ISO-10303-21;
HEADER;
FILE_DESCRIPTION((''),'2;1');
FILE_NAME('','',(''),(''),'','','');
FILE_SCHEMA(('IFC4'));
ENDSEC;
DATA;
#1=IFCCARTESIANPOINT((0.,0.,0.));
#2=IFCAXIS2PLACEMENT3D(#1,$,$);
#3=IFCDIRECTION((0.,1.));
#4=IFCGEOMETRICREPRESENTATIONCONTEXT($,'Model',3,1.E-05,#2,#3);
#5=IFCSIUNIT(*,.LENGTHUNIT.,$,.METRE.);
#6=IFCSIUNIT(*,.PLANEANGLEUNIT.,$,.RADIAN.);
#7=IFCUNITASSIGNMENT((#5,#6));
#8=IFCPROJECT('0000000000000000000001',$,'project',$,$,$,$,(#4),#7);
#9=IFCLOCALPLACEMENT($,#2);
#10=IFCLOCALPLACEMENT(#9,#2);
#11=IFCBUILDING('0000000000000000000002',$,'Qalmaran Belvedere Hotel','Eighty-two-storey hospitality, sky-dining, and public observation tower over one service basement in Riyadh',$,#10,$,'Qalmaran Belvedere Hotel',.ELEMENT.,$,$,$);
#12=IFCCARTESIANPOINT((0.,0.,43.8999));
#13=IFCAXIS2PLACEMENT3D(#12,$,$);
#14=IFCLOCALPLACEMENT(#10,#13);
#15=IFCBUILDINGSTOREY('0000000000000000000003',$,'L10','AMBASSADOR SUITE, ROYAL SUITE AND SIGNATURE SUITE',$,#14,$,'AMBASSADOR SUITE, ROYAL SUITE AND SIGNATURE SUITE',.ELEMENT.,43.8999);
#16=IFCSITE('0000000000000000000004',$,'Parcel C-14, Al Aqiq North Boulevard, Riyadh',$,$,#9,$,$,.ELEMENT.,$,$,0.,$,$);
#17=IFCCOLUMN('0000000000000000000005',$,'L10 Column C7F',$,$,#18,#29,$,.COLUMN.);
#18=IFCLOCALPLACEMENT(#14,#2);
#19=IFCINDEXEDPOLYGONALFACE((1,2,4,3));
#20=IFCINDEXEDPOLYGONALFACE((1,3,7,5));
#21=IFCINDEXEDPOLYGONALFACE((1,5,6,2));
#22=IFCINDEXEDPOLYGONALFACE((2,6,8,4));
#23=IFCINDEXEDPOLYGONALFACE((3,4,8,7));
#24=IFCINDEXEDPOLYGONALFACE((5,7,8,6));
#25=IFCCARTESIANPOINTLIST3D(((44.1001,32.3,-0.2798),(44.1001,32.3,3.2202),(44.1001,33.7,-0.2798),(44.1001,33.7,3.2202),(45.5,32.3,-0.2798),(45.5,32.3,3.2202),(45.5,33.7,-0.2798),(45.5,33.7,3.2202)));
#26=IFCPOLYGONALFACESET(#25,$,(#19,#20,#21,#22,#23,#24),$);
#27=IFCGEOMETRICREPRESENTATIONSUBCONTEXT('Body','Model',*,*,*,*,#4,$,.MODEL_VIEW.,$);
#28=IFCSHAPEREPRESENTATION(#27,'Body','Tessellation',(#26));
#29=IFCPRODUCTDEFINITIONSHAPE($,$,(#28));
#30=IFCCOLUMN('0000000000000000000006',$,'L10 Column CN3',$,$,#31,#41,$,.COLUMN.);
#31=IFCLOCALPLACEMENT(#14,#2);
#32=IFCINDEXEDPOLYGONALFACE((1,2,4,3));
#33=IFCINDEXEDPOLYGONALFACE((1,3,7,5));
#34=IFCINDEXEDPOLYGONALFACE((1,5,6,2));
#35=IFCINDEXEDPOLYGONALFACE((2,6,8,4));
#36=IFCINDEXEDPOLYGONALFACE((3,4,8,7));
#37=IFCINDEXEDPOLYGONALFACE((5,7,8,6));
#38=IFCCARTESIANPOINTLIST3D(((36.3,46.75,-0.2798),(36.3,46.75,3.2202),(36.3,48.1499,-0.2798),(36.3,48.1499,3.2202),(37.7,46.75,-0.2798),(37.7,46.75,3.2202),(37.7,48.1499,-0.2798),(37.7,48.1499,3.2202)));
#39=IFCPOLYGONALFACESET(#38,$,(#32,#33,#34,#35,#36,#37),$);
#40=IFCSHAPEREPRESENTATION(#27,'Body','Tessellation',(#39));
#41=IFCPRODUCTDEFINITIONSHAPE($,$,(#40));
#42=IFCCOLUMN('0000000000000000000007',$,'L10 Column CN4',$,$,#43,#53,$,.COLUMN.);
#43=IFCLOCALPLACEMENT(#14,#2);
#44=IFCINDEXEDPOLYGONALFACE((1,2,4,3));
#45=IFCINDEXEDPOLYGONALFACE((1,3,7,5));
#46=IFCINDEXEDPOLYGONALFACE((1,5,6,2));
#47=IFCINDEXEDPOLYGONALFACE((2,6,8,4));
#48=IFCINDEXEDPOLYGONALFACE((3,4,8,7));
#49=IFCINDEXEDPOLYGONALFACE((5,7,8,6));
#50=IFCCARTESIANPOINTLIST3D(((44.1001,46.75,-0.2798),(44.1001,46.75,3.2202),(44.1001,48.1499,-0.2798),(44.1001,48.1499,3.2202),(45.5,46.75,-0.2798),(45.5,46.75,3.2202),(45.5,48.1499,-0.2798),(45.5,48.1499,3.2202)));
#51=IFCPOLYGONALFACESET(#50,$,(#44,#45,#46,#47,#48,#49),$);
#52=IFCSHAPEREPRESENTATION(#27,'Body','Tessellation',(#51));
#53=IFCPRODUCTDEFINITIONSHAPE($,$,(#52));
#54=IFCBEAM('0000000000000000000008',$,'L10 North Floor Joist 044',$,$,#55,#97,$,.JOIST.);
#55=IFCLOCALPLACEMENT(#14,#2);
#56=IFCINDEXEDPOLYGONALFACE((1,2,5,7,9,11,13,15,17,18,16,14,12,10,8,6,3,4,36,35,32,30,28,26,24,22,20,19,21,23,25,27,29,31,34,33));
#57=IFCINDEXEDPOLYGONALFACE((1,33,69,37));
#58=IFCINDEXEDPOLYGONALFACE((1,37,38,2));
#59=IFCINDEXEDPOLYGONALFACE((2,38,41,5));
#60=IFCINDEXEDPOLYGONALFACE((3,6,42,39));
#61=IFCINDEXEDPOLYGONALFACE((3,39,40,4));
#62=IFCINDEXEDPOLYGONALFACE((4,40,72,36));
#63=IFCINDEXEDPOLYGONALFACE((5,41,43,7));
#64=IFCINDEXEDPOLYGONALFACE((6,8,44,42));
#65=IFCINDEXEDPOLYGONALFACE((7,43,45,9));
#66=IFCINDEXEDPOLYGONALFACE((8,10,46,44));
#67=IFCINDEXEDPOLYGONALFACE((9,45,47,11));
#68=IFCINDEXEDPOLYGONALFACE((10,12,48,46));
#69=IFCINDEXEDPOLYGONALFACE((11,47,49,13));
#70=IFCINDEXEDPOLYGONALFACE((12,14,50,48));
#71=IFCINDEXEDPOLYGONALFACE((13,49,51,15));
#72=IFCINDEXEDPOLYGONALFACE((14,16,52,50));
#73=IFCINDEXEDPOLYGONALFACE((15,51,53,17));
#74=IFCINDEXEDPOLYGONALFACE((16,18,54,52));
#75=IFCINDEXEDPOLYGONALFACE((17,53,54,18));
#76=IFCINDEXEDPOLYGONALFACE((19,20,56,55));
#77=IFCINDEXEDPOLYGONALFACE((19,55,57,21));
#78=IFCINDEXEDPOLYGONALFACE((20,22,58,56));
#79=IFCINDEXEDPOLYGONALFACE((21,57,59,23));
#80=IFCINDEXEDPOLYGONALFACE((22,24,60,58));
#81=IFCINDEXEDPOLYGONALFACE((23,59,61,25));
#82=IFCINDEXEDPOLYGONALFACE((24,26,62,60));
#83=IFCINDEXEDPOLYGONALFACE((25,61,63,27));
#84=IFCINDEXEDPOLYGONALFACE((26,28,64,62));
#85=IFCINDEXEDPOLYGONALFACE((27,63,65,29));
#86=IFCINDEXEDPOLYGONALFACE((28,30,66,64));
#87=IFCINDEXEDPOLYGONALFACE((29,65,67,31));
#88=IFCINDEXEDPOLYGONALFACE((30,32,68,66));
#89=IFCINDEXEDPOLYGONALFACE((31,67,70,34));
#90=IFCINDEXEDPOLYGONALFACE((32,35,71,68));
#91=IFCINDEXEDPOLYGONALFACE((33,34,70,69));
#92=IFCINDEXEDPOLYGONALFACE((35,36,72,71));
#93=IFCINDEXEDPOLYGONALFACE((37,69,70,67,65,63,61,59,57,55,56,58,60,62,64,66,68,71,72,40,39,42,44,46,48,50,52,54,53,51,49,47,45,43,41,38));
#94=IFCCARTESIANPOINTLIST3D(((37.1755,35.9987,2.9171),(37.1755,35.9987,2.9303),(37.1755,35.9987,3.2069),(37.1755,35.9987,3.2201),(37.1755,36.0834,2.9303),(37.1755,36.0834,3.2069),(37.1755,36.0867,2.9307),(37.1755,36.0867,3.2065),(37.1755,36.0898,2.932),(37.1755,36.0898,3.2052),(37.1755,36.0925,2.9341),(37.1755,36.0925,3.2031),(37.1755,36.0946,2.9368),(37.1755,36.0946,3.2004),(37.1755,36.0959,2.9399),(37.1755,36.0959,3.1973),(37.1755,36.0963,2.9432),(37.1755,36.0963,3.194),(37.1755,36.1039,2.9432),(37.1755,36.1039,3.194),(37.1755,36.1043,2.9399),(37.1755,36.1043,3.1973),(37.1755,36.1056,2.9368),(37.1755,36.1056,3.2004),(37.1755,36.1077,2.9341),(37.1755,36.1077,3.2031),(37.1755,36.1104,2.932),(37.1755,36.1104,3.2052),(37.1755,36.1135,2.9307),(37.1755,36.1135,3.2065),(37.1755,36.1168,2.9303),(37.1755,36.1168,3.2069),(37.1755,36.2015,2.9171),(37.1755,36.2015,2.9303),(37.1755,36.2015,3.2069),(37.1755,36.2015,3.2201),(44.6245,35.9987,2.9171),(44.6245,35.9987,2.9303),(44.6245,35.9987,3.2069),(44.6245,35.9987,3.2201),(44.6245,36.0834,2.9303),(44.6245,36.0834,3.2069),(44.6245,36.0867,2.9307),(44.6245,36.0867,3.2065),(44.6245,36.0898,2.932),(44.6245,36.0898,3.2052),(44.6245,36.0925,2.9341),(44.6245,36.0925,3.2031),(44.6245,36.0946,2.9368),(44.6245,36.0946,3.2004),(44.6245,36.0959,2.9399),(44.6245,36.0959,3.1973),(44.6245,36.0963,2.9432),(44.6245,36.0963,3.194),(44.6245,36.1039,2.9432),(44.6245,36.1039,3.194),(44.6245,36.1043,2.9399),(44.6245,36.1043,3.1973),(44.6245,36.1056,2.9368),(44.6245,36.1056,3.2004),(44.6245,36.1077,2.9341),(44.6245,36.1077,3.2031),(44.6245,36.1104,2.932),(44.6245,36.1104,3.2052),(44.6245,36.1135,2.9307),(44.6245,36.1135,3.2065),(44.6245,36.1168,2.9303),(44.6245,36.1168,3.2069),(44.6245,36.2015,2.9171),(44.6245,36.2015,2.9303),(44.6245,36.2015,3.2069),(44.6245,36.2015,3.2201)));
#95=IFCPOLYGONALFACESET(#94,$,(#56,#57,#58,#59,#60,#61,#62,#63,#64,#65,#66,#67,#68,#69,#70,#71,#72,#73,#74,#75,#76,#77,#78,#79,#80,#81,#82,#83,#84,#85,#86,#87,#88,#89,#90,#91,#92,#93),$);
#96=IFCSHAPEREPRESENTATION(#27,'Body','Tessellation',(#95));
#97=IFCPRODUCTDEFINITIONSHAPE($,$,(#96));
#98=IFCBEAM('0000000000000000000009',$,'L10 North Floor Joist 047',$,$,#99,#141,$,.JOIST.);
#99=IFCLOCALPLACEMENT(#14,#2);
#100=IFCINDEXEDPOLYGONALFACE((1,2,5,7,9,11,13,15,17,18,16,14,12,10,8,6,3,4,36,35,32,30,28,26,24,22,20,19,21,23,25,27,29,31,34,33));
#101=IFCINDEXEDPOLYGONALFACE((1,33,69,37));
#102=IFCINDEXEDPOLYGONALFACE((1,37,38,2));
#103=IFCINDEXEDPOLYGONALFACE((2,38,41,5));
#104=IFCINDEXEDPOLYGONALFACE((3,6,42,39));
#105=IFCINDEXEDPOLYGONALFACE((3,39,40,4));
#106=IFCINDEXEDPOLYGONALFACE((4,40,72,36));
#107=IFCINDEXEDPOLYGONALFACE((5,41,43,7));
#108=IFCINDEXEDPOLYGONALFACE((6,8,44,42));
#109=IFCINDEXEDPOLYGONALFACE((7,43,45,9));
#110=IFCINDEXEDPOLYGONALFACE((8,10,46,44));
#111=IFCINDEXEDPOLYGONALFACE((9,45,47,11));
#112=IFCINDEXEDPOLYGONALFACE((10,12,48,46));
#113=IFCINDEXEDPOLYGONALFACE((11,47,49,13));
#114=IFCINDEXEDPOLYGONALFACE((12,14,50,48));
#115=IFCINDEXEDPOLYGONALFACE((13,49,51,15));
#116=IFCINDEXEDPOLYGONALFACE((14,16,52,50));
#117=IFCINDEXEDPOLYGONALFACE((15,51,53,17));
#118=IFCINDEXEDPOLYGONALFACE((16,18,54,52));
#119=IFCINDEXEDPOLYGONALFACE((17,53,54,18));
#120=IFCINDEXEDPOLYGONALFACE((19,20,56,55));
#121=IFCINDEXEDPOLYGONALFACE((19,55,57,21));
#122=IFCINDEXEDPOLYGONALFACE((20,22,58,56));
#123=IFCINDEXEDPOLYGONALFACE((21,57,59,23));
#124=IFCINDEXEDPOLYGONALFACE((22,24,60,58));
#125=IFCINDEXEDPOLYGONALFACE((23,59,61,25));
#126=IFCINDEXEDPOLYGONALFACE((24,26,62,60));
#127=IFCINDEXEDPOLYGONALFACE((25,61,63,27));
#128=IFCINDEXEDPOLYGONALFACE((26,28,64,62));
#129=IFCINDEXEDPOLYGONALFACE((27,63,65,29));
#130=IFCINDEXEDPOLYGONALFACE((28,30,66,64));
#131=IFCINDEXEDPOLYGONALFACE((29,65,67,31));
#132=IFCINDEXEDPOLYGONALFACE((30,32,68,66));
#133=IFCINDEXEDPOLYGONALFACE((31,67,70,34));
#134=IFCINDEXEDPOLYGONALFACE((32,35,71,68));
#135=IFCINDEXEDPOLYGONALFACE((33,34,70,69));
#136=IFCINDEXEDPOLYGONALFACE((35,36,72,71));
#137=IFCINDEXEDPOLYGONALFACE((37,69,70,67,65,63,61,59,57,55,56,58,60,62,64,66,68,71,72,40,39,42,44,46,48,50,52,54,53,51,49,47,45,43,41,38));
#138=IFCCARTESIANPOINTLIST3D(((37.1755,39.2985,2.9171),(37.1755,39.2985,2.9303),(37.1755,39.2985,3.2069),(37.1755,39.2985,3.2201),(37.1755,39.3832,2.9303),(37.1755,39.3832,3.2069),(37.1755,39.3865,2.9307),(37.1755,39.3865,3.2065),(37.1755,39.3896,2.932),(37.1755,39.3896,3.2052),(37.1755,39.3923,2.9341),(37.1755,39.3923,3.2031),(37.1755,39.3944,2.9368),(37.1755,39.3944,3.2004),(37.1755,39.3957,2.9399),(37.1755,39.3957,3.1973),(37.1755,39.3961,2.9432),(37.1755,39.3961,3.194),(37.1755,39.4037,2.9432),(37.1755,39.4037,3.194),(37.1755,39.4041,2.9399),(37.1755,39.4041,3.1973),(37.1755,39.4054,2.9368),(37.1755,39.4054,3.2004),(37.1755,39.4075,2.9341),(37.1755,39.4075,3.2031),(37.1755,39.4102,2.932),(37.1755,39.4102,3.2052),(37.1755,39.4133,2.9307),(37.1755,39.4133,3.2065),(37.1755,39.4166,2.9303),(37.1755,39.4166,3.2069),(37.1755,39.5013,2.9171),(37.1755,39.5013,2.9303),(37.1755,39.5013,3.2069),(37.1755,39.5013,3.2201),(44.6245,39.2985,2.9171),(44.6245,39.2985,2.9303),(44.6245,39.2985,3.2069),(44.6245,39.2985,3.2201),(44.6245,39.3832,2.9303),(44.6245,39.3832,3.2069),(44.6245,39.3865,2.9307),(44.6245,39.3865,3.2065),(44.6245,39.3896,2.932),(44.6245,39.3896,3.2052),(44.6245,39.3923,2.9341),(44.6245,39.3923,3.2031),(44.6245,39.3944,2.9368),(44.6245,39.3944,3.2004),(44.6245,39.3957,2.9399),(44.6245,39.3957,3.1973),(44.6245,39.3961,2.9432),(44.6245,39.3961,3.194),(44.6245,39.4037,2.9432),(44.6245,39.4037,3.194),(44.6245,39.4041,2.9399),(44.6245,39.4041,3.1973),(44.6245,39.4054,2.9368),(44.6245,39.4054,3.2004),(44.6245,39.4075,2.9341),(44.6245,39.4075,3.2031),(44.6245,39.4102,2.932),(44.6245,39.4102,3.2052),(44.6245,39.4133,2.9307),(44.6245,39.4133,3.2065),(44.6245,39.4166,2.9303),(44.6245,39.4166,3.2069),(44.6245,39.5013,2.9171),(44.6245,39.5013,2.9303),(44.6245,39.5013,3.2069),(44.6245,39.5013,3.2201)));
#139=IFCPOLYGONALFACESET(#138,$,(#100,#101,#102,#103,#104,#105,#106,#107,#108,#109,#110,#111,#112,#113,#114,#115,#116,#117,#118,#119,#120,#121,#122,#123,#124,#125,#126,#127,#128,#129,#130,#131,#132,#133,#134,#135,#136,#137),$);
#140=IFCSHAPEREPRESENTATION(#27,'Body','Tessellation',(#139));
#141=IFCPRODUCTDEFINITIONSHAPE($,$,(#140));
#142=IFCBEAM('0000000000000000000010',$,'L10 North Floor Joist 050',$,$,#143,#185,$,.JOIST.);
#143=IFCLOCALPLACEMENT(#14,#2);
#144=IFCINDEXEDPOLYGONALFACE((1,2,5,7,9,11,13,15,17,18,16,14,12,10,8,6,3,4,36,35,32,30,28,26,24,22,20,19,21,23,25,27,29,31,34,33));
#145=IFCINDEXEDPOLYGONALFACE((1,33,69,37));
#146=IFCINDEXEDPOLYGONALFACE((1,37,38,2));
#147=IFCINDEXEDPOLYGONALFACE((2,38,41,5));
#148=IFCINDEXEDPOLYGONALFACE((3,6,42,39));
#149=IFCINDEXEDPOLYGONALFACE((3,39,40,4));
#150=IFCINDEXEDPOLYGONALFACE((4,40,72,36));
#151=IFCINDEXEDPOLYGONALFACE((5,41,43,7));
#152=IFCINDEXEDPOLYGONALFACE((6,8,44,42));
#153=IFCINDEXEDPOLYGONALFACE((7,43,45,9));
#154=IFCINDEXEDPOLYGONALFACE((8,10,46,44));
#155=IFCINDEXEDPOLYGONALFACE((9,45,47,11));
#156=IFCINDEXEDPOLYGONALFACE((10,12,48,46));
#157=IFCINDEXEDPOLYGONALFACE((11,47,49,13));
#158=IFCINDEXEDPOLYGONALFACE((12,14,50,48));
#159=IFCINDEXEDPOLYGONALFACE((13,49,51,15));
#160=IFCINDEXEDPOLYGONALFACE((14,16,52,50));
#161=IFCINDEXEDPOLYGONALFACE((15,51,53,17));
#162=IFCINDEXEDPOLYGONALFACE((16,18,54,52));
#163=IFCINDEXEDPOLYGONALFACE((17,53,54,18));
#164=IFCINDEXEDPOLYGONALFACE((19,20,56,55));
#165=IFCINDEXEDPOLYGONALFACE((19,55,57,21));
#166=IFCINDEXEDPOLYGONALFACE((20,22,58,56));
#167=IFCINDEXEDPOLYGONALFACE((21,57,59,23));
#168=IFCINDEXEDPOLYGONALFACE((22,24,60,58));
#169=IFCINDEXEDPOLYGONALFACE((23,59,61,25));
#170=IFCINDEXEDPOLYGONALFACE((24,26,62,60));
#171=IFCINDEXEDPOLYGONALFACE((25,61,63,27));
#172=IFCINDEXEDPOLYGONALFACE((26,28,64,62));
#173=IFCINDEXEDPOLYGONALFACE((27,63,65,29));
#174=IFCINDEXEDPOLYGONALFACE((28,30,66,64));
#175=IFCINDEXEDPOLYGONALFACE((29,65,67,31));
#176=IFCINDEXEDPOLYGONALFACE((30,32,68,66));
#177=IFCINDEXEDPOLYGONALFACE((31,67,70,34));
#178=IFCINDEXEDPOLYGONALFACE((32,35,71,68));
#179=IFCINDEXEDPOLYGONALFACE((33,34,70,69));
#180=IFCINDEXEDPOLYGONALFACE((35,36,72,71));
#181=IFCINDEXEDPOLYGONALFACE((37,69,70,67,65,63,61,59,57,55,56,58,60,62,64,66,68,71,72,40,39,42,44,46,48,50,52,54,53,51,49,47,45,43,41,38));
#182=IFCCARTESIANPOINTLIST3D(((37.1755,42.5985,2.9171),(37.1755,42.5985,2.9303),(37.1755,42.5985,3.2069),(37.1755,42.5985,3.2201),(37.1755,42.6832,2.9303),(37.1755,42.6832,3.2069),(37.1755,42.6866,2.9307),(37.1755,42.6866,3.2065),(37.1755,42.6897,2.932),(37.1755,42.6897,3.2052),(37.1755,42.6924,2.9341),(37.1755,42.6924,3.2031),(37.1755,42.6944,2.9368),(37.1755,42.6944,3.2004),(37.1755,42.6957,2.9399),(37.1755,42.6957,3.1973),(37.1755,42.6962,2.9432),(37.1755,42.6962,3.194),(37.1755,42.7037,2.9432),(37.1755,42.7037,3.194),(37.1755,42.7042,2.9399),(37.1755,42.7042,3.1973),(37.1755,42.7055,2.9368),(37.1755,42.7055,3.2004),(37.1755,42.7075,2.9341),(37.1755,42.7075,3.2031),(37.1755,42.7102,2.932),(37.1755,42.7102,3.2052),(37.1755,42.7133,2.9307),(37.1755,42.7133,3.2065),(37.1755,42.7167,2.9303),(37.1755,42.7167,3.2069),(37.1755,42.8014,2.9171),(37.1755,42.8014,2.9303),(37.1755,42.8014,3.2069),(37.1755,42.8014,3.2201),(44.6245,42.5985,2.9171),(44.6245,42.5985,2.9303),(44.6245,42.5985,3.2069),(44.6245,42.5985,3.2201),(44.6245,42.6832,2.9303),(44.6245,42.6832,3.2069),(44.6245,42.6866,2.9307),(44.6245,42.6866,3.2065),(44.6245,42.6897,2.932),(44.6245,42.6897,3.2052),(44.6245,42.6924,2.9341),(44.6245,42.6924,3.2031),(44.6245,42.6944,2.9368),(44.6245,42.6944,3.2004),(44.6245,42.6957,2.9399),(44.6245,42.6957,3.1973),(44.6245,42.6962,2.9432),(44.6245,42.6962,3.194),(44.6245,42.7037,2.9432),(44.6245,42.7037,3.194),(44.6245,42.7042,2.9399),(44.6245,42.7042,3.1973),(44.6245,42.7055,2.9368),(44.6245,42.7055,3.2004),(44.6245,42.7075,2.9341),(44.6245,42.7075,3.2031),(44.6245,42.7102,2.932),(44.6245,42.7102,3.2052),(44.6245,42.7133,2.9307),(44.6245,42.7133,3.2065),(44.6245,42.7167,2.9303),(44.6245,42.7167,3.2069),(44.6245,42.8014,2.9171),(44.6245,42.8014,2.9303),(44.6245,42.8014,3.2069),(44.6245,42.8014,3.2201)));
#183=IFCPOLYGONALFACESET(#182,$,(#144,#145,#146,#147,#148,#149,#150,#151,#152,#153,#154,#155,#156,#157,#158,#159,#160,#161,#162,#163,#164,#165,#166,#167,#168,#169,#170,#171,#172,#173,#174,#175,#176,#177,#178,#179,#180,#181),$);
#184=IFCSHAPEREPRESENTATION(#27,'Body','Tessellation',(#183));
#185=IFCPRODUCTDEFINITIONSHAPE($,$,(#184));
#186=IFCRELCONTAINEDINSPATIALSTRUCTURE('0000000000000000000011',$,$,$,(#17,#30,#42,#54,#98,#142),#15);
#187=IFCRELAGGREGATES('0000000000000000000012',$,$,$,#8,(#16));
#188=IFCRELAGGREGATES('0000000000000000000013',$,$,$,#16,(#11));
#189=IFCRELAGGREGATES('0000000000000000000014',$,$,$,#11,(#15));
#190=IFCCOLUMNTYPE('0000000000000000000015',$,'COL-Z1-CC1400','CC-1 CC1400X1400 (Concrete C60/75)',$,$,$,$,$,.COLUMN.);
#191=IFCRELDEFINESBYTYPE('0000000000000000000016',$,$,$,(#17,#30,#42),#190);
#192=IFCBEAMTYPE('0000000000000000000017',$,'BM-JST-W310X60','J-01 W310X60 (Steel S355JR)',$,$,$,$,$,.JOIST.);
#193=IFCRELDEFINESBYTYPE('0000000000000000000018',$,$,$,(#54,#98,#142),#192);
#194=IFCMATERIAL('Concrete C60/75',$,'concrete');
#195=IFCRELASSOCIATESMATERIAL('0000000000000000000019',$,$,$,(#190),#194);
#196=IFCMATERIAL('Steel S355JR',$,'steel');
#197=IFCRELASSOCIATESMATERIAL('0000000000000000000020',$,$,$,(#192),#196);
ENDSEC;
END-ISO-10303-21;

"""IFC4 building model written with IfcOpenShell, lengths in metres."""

from ifc_helpers import new_model, si_unit, direction, frame, origin, origin_2d, place, context, subcontext, project, spatial, rectangle, i_section, extrude, material, material_profile, profile_set, type_object, element, save


model = new_model("IFC4")

# Units and contexts
model_context = context("Model", 3, precision=1e-05, world=origin(), true_north=direction((0.0, 1.0)))
body_context = subcontext(model_context, "Body", "Model", "MODEL_VIEW")
ifc_project = project(units=[si_unit("LENGTHUNIT", "METRE"), si_unit("PLANEANGLEUNIT", "RADIAN")], contexts=[model_context])

# Site, building, storey
site_placement = place(None, origin())
site = spatial("IfcSite", under=ifc_project, at=site_placement, Name="Parcel C-14, Al Aqiq North Boulevard, Riyadh", CompositionType="ELEMENT", RefElevation=0.0)
building_placement = place(site_placement, origin())
building = spatial("IfcBuilding", under=site, at=building_placement, Name="Qalmaran Belvedere Hotel", Description="Eighty-two-storey hospitality, sky-dining, and public observation tower over one service basement in Riyadh", LongName="Qalmaran Belvedere Hotel", CompositionType="ELEMENT")
storey_placement = place(building_placement, frame((0.0, 0.0, 43.8999)))
storey = spatial("IfcBuildingStorey", under=building, at=storey_placement, Name="L10", Description="AMBASSADOR SUITE, ROYAL SUITE AND SIGNATURE SUITE", LongName="AMBASSADOR SUITE, ROYAL SUITE AND SIGNATURE SUITE", CompositionType="ELEMENT", Elevation=43.8999)

# Columns
ifc_material_1 = material(Name="Concrete C60/75", Category="concrete")
ifc_material_profile_1 = material_profile(ifc_material_1, rectangle(XDim=1.3999, YDim=1.3999, at=origin_2d()), Name="CC1400X1400")
ifc_profile_set_1 = profile_set([ifc_material_profile_1], Name="Concrete C60/75")
column_type = type_object("IfcColumnType", Name="COL-Z1-CC1400", Description="CC-1 CC1400X1400 (Concrete C60/75)", PredefinedType="COLUMN", material=ifc_profile_set_1)
for number, where, z_axis, x_axis, name in (
    (1, (44.8, 33.0, -0.2798), (0.0, 0.0, 1.0), (1.0, 0.0, 0.0), "L10 Column C7F"),
    (2, (37.0, 47.45, -0.2798), (0.0, 0.0, 1.0), (1.0, 0.0, 0.0), "L10 Column CN3"),
    (3, (44.8, 47.45, -0.2798), (0.0, 0.0, 1.0), (1.0, 0.0, 0.0), "L10 Column CN4"),
):
    element("IfcColumn", number, at=place(storey_placement, frame(where, z_axis=z_axis, x_axis=x_axis)), inside=storey, type_object=column_type, Name=name, PredefinedType="COLUMN", context=body_context, shape_type="SweptSolid", body=[
        extrude(rectangle(XDim=1.3999, YDim=1.3999, at=origin_2d()), origin(), (0.0, 0.0, 1.0), 3.5),
    ])

# Beams
ifc_material_2 = material(Name="Steel S355JR", Category="steel")
ifc_material_profile_2 = material_profile(ifc_material_2, i_section(OverallWidth=0.2029, OverallDepth=0.303, WebThickness=0.0076, FlangeThickness=0.0132, FilletRadius=0.0129, at=origin_2d()), Name="W310X60")
ifc_profile_set_2 = profile_set([ifc_material_profile_2], Name="Steel S355JR")
beam_type_1 = type_object("IfcBeamType", Name="BM-JST-W310X60", Description="J-01 W310X60 (Steel S355JR)", PredefinedType="JOIST", material=ifc_profile_set_2)
for number, where, z_axis, x_axis, name in (
    (4, (37.1755, 36.1001, 3.0686), (1.0, 0.0, 0.0), (0.0, 1.0, 0.0), "L10 North Floor Joist 044"),
    (5, (37.1755, 39.3999, 3.0686), (1.0, 0.0, 0.0), (0.0, 1.0, 0.0), "L10 North Floor Joist 047"),
    (6, (37.1755, 42.7, 3.0686), (1.0, 0.0, 0.0), (0.0, 1.0, 0.0), "L10 North Floor Joist 050"),
):
    element("IfcBeam", number, at=place(storey_placement, frame(where, z_axis=z_axis, x_axis=x_axis)), inside=storey, type_object=beam_type_1, Name=name, PredefinedType="JOIST", context=body_context, shape_type="SweptSolid", body=[
        extrude(i_section(OverallWidth=0.2029, OverallDepth=0.303, WebThickness=0.0076, FlangeThickness=0.0132, FilletRadius=0.0129, at=origin_2d()), origin(), (0.0, 0.0, 1.0), 7.449),
    ])

save(model, "model.ifc")
